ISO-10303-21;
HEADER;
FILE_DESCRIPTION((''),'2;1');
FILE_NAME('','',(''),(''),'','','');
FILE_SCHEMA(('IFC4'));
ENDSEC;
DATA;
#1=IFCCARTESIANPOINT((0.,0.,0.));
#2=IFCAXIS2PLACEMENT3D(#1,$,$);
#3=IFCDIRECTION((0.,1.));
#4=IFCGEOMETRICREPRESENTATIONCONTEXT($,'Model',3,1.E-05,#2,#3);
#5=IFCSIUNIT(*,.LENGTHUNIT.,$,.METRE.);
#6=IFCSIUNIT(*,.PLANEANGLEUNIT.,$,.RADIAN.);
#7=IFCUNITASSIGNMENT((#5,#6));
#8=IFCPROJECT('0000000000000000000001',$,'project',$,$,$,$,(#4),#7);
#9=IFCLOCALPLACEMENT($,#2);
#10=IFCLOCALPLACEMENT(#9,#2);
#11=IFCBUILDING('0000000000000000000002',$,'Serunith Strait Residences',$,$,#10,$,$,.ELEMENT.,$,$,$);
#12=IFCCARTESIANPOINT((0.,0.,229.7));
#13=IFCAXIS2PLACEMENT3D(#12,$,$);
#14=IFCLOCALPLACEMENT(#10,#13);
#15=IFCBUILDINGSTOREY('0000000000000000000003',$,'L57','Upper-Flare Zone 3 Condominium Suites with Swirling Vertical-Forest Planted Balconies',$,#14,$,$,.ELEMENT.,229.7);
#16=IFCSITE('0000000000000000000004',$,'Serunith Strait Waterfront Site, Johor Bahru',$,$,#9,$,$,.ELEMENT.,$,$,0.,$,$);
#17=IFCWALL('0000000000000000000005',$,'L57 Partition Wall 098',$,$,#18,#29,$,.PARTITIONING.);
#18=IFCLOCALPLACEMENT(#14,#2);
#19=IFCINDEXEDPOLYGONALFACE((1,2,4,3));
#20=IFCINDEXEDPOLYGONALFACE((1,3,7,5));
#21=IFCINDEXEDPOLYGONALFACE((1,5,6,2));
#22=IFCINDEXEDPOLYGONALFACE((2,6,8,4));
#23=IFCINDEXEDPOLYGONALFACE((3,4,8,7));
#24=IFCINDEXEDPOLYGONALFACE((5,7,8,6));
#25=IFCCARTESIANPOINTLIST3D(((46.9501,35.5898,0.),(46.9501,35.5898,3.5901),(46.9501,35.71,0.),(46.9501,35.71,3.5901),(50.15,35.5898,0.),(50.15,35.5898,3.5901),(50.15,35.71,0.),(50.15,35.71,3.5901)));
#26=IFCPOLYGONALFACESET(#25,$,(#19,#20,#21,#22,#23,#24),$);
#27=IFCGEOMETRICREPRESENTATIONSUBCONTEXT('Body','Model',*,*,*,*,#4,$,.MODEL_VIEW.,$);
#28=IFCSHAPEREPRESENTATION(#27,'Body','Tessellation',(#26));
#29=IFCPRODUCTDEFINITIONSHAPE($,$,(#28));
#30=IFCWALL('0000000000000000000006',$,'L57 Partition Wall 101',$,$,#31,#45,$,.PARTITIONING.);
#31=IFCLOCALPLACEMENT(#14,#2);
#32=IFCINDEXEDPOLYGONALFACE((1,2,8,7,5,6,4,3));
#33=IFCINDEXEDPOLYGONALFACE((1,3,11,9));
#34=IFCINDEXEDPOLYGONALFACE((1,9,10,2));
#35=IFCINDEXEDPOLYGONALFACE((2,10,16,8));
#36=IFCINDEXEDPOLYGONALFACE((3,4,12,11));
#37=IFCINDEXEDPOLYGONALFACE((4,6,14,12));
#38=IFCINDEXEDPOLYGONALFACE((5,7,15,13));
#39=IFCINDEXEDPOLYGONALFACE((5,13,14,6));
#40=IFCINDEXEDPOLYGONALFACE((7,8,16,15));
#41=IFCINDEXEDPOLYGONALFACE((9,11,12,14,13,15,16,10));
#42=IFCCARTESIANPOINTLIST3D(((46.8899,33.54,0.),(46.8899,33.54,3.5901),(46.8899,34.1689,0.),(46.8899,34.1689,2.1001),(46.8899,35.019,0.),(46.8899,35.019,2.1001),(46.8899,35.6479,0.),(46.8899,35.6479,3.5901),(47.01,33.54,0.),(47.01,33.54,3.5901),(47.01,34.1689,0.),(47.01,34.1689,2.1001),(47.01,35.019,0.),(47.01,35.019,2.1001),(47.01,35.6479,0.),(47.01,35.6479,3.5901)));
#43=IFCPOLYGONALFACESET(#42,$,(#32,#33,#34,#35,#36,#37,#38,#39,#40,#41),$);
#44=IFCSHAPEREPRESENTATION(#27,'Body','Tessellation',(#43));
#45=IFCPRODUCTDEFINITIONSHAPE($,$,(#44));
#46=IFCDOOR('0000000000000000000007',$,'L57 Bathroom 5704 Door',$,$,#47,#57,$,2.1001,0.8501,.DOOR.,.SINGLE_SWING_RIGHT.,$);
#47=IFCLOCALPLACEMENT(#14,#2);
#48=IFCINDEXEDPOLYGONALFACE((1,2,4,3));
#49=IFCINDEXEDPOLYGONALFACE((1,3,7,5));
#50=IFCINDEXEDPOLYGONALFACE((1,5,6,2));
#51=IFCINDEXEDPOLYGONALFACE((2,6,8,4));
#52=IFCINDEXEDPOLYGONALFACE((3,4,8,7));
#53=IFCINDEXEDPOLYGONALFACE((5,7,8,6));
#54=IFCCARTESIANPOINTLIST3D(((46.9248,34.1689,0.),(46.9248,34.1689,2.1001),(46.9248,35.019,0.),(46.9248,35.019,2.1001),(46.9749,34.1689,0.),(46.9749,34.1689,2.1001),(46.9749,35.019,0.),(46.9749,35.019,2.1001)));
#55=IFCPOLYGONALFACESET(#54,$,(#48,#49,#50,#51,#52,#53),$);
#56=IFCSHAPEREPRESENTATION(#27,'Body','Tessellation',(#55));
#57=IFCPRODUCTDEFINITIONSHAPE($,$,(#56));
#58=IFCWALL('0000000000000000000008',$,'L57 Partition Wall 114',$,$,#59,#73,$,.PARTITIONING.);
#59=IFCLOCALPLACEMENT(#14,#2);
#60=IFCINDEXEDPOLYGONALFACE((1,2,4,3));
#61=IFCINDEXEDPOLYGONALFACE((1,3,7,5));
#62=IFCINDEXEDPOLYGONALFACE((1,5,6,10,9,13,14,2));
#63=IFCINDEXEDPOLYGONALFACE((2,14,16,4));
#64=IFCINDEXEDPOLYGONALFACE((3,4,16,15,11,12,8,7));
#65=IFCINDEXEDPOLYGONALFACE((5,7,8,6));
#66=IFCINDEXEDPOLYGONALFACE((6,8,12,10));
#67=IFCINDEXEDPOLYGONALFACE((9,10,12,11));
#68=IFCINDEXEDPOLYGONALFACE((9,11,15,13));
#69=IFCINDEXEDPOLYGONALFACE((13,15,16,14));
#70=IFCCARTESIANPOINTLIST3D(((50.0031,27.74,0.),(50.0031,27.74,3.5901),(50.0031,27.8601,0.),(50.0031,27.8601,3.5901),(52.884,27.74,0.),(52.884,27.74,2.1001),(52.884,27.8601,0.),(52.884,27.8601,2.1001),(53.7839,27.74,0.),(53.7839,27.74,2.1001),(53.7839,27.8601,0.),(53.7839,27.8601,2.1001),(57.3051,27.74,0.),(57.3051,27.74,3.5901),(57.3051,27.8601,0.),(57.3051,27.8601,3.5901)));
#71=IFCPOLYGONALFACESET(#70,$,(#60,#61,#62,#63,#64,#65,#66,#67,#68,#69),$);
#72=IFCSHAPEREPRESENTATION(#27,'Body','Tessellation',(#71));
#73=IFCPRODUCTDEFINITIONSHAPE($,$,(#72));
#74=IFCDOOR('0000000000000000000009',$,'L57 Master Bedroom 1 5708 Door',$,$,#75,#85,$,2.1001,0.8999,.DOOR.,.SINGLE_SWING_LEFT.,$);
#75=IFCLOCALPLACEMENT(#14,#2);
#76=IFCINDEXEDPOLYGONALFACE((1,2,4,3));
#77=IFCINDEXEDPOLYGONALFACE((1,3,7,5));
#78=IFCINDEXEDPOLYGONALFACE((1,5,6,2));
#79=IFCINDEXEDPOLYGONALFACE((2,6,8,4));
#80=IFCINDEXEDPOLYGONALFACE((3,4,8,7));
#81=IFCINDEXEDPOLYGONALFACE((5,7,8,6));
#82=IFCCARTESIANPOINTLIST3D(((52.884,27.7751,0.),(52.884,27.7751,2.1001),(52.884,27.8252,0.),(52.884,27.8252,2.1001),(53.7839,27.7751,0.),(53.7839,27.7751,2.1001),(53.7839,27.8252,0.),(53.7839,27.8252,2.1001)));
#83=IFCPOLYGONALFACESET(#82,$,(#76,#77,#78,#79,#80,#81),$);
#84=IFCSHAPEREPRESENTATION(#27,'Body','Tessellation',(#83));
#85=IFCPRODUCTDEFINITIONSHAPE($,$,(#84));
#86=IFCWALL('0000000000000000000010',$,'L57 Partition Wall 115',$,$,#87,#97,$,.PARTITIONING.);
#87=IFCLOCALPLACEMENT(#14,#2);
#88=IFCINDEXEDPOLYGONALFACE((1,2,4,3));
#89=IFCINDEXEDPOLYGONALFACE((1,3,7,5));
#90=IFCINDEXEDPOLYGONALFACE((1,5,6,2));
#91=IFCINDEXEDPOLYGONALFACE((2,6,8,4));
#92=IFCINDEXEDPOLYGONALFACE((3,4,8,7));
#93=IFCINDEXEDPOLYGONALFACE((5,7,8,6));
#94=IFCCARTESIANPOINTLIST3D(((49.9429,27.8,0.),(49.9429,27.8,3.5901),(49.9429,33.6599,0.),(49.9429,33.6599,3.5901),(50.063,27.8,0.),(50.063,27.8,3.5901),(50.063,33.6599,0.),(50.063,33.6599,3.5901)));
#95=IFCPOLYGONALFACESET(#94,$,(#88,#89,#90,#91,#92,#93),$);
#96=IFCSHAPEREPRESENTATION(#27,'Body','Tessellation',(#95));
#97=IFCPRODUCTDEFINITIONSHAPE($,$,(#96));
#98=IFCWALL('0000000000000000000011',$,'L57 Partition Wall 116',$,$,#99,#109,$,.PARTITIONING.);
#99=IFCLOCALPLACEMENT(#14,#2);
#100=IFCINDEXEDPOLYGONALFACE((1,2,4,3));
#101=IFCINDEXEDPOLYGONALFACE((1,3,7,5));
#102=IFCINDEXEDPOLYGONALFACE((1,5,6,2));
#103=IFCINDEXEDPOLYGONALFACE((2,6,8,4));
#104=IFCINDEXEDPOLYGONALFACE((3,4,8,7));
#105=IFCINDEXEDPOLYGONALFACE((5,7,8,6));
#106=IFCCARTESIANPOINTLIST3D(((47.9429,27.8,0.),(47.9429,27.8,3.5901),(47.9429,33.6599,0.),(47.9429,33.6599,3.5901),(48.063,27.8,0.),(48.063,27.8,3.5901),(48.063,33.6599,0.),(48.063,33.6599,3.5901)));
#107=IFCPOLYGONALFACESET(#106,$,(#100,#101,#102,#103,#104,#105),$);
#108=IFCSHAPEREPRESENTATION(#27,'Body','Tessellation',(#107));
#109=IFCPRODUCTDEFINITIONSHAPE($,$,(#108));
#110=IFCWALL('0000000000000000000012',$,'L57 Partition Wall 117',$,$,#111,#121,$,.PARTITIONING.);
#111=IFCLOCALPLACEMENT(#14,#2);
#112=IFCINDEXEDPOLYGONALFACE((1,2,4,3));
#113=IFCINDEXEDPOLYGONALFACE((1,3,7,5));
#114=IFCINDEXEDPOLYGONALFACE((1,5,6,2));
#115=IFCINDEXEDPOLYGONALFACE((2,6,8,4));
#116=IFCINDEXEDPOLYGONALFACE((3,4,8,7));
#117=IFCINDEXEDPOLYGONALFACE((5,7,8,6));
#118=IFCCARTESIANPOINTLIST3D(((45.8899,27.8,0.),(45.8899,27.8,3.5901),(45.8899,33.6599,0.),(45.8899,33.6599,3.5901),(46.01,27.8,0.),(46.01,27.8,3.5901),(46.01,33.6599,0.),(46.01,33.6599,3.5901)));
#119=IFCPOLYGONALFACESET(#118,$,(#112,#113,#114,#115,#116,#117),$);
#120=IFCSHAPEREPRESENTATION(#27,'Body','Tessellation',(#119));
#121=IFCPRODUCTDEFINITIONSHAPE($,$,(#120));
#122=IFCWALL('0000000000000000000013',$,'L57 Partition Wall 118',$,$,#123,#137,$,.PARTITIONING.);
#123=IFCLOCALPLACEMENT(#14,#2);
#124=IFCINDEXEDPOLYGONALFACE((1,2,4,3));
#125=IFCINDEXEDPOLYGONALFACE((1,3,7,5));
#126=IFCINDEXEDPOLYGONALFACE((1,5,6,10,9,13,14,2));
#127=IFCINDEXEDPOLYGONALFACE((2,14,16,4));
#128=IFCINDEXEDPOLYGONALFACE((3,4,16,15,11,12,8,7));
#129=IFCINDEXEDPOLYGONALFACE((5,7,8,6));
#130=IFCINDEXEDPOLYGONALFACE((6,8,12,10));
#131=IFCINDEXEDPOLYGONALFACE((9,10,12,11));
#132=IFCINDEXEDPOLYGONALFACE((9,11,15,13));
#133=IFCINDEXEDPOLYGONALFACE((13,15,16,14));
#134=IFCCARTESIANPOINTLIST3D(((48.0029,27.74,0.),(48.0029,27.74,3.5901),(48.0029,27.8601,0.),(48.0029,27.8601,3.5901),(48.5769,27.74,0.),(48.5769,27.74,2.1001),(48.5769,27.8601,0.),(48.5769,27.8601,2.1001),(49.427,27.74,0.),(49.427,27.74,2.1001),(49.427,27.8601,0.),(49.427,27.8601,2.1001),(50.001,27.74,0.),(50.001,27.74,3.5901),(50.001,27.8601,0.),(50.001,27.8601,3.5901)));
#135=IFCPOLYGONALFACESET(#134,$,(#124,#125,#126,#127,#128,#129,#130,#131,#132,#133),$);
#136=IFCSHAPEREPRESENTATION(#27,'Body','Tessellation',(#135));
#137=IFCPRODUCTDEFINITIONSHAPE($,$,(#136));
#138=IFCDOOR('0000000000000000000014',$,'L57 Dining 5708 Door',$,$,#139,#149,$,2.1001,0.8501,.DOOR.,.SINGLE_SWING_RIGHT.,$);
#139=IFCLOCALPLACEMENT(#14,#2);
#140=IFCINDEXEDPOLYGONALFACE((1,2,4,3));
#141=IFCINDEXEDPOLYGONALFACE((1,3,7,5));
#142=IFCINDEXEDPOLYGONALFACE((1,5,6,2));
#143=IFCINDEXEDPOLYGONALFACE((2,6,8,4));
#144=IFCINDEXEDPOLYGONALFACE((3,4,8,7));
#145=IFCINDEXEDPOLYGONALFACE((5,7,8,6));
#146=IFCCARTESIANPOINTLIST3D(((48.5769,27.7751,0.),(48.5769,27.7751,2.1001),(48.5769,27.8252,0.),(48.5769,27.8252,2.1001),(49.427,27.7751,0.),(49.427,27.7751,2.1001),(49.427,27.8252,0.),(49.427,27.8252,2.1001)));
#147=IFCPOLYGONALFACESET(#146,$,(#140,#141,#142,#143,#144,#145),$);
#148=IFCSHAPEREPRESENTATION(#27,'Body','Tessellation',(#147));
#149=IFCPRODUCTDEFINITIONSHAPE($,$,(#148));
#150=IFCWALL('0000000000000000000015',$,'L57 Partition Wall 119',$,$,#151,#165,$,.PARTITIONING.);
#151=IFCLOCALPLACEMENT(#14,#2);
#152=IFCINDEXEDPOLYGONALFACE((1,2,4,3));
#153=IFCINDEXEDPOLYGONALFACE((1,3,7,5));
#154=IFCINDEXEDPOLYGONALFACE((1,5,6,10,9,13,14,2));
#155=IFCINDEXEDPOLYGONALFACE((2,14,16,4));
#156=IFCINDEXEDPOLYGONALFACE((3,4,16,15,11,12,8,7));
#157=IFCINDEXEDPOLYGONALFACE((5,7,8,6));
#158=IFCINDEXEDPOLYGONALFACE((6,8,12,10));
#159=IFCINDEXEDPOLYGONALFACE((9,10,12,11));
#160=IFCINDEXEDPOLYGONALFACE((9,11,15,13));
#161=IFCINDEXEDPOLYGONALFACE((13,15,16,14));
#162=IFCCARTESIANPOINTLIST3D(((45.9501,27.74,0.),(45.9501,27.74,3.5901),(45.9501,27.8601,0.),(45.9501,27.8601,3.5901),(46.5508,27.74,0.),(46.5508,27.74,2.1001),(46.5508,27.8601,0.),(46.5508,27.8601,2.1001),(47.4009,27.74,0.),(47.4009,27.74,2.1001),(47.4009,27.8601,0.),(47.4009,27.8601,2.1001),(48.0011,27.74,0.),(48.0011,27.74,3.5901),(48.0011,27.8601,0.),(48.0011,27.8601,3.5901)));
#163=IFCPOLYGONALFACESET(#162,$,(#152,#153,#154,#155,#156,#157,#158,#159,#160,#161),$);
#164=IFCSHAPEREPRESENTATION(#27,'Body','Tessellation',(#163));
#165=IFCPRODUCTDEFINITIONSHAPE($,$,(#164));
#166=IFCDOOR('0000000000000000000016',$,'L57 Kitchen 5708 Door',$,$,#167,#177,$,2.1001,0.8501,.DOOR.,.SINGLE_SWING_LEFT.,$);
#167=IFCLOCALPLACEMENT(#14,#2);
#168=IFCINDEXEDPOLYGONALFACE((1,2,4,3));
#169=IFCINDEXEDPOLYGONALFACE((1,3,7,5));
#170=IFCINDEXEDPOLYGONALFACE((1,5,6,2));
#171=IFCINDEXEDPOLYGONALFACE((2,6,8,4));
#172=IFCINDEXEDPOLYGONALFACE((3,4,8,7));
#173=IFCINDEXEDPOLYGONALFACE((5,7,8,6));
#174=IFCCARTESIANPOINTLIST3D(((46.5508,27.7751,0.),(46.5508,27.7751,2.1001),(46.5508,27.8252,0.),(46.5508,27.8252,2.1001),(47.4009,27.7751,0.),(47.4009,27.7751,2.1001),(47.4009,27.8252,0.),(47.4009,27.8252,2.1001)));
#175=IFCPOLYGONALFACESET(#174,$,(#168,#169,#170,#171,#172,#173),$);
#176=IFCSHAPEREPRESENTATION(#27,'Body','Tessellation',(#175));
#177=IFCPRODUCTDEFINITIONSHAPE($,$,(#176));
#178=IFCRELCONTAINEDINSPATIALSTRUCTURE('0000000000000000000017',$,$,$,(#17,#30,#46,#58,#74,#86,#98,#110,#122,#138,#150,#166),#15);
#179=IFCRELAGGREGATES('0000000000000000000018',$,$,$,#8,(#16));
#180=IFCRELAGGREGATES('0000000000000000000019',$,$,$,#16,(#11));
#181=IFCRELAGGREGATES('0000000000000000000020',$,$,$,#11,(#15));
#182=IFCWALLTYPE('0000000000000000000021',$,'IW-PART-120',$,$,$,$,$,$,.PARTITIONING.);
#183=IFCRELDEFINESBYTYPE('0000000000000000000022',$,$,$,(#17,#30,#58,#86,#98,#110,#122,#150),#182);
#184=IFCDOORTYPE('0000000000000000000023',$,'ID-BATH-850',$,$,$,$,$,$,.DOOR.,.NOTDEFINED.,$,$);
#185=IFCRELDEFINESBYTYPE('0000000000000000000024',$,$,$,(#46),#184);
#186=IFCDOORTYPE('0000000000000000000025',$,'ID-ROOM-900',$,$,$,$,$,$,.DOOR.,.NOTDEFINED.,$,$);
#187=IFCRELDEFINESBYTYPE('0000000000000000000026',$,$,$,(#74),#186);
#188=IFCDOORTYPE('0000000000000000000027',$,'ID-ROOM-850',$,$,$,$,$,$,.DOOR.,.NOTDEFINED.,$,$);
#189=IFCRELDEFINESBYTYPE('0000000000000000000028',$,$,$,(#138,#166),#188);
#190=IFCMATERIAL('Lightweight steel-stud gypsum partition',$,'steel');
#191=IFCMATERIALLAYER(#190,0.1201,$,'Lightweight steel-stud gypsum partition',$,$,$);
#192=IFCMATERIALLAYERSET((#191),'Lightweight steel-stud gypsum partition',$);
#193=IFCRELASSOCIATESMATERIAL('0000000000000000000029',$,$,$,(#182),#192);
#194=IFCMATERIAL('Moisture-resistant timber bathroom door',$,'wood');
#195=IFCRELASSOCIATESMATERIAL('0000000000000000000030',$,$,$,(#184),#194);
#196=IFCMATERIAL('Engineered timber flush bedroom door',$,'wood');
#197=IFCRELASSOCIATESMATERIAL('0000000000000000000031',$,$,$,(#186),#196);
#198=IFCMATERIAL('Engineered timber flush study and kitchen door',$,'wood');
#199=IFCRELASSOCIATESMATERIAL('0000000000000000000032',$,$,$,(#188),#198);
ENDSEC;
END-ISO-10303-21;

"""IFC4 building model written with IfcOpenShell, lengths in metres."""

from ifc_helpers import new_model, si_unit, direction, frame, frame_2d, origin, place, context, subcontext, project, spatial, rectangle, extrude, source, transform, mapped, material, layer, layer_set, type_object, element, fill, save


model = new_model("IFC4")

# Units and contexts
model_context = context("Model", 3, precision=1e-05, world=origin(), true_north=direction((0.0, 1.0)))
body_context = subcontext(model_context, "Body", "Model", "MODEL_VIEW")
ifc_project = project(units=[si_unit("LENGTHUNIT", "METRE"), si_unit("PLANEANGLEUNIT", "RADIAN")], contexts=[model_context])

# Site, building, storey
site_placement = place(None, origin())
site = spatial("IfcSite", under=ifc_project, at=site_placement, Name="Serunith Strait Waterfront Site, Johor Bahru", CompositionType="ELEMENT", RefElevation=0.0)
building_placement = place(site_placement, origin())
building = spatial("IfcBuilding", under=site, at=building_placement, Name="Serunith Strait Residences", CompositionType="ELEMENT")
storey_placement = place(building_placement, frame((0.0, 0.0, 229.7)))
storey = spatial("IfcBuildingStorey", under=building, at=storey_placement, Name="L57", Description="Upper-Flare Zone 3 Condominium Suites with Swirling Vertical-Forest Planted Balconies", CompositionType="ELEMENT", Elevation=229.7)

# Wall
ifc_material_1 = material(Name="Lightweight steel-stud gypsum partition", Category="steel")
ifc_layer_1 = layer(ifc_material_1, 0.1201, Name="Lightweight steel-stud gypsum partition")
ifc_layer_set_1 = layer_set([ifc_layer_1], Name="Lightweight steel-stud gypsum partition")
wall_type_1 = type_object("IfcWallType", Name="IW-PART-120", PredefinedType="PARTITIONING", material=ifc_layer_set_1)
wall_1_placement = place(storey_placement, frame((46.95, 35.6499, 0.0), z_axis=(0.0, 0.0, 1.0), x_axis=(1.0, 0.0, 0.0)))
element("IfcWall", 1, at=wall_1_placement, inside=storey, type_object=wall_type_1, Name="L57 Partition Wall 098", PredefinedType="PARTITIONING", context=body_context, shape_type="SweptSolid", body=[
    extrude(rectangle(XDim=3.2, YDim=0.1201, at=frame_2d((1.6001, 0.0))), origin(), (0.0, 0.0, 1.0), 3.5901),
])

# Walls, openings, doors
wall_2_placement = place(storey_placement, frame((46.95, 35.6479, 0.0), z_axis=(0.0, 0.0, 1.0), x_axis=(0.0, -1.0, 0.0)))
wall_2 = element("IfcWall", 2, at=wall_2_placement, inside=storey, type_object=wall_type_1, Name="L57 Partition Wall 101", PredefinedType="PARTITIONING", context=body_context, shape_type="SweptSolid", body=[
    extrude(rectangle(XDim=2.1079, YDim=0.1201, at=frame_2d((1.054, 0.0))), origin(), (0.0, 0.0, 1.0), 3.5901),
])
opening_1_placement = place(wall_2_placement, frame((0.6289, 0.0, 0.0)))
opening_1 = element("IfcOpeningElement", 3, at=opening_1_placement, cuts=wall_2, PredefinedType="OPENING", context=body_context, shape_type="SweptSolid", body=[
    extrude(rectangle(XDim=0.8501, YDim=2.1001, at=frame_2d((0.425, 1.05))), frame((0.0, 0.0701, 0.0), z_axis=(0.0, -1.0, 0.0), x_axis=(1.0, 0.0, 0.0)), (0.0, 0.0, 1.0), 0.1401),
])
ifc_material_2 = material(Name="Moisture-resistant timber bathroom door", Category="wood")
door_type_1 = type_object("IfcDoorType", Name="ID-BATH-850", OperationType="NOTDEFINED", PredefinedType="DOOR", material=ifc_material_2)
shared_shape_1 = source(origin(), body_context, "Body", "SweptSolid", [
    extrude(rectangle(XDim=0.8501, YDim=2.1001, at=frame_2d((0.425, 1.05))), frame((0.0, 0.0249, 0.0), z_axis=(0.0, -1.0, 0.0), x_axis=(1.0, 0.0, 0.0)), (0.0, 0.0, 1.0), 0.05),
])
door_1_placement = place(opening_1_placement, origin())
door_1 = element("IfcDoor", 4, at=door_1_placement, inside=storey, type_object=door_type_1, Name="L57 Bathroom 5704 Door", OperationType="SINGLE_SWING_RIGHT", OverallHeight=2.1001, OverallWidth=0.8501, PredefinedType="DOOR", context=body_context, shape_type="MappedRepresentation", body=[
    mapped(shared_shape_1, transform((0.0, 0.0, 0.0), scale=1.0)),
])
fill(opening_1, door_1)
wall_3_placement = place(storey_placement, frame((57.3049, 27.8, 0.0), z_axis=(0.0, 0.0, 1.0), x_axis=(-1.0, 0.0, 0.0)))
wall_3 = element("IfcWall", 5, at=wall_3_placement, inside=storey, type_object=wall_type_1, Name="L57 Partition Wall 114", PredefinedType="PARTITIONING", context=body_context, shape_type="SweptSolid", body=[
    extrude(rectangle(XDim=7.302, YDim=0.1201, at=frame_2d((3.6509, 0.0))), origin(), (0.0, 0.0, 1.0), 3.5901),
])
opening_2_placement = place(wall_3_placement, frame((3.521, 0.0, 0.0)))
opening_2 = element("IfcOpeningElement", 6, at=opening_2_placement, cuts=wall_3, PredefinedType="OPENING", context=body_context, shape_type="SweptSolid", body=[
    extrude(rectangle(XDim=0.8999, YDim=2.1001, at=frame_2d((0.45, 1.05))), frame((0.0, 0.0701, 0.0), z_axis=(0.0, -1.0, 0.0), x_axis=(1.0, 0.0, 0.0)), (0.0, 0.0, 1.0), 0.1401),
])
ifc_material_3 = material(Name="Engineered timber flush bedroom door", Category="wood")
door_type_2 = type_object("IfcDoorType", Name="ID-ROOM-900", OperationType="NOTDEFINED", PredefinedType="DOOR", material=ifc_material_3)
shared_shape_2 = source(origin(), body_context, "Body", "SweptSolid", [
    extrude(rectangle(XDim=0.8999, YDim=2.1001, at=frame_2d((0.45, 1.05))), frame((0.0, 0.0249, 0.0), z_axis=(0.0, -1.0, 0.0), x_axis=(1.0, 0.0, 0.0)), (0.0, 0.0, 1.0), 0.05),
])
door_2_placement = place(opening_2_placement, origin())
door_2 = element("IfcDoor", 7, at=door_2_placement, inside=storey, type_object=door_type_2, Name="L57 Master Bedroom 1 5708 Door", OperationType="SINGLE_SWING_LEFT", OverallHeight=2.1001, OverallWidth=0.8999, PredefinedType="DOOR", context=body_context, shape_type="MappedRepresentation", body=[
    mapped(shared_shape_2, transform((0.0, 0.0, 0.0), scale=1.0)),
])
fill(opening_2, door_2)

# Walls
for number, where, z_axis, x_axis, name in (
    (8, (50.0029, 27.8, 0.0), (0.0, 0.0, 1.0), (0.0, 1.0, 0.0), "L57 Partition Wall 115"),
    (9, (48.0029, 27.8, 0.0), (0.0, 0.0, 1.0), (0.0, 1.0, 0.0), "L57 Partition Wall 116"),
    (10, (45.95, 27.8, 0.0), (0.0, 0.0, 1.0), (0.0, 1.0, 0.0), "L57 Partition Wall 117"),
):
    element("IfcWall", number, at=place(storey_placement, frame(where, z_axis=z_axis, x_axis=x_axis)), inside=storey, type_object=wall_type_1, Name=name, PredefinedType="PARTITIONING", context=body_context, shape_type="SweptSolid", body=[
        extrude(rectangle(XDim=5.8599, YDim=0.1201, at=frame_2d((2.9299, 0.0))), origin(), (0.0, 0.0, 1.0), 3.5901),
    ])

# Walls, openings, doors
wall_4_placement = place(storey_placement, frame((50.001, 27.8, 0.0), z_axis=(0.0, 0.0, 1.0), x_axis=(-1.0, 0.0, 0.0)))
wall_4 = element("IfcWall", 11, at=wall_4_placement, inside=storey, type_object=wall_type_1, Name="L57 Partition Wall 118", PredefinedType="PARTITIONING", context=body_context, shape_type="SweptSolid", body=[
    extrude(rectangle(XDim=1.998, YDim=0.1201, at=frame_2d((0.999, 0.0))), origin(), (0.0, 0.0, 1.0), 3.5901),
])
opening_3_placement = place(wall_4_placement, frame((0.574, 0.0, 0.0)))
opening_3 = element("IfcOpeningElement", 12, at=opening_3_placement, cuts=wall_4, PredefinedType="OPENING", context=body_context, shape_type="SweptSolid", body=[
    extrude(rectangle(XDim=0.8501, YDim=2.1001, at=frame_2d((0.425, 1.05))), frame((0.0, 0.0701, 0.0), z_axis=(0.0, -1.0, 0.0), x_axis=(1.0, 0.0, 0.0)), (0.0, 0.0, 1.0), 0.1401),
])
ifc_material_4 = material(Name="Engineered timber flush study and kitchen door", Category="wood")
door_type_3 = type_object("IfcDoorType", Name="ID-ROOM-850", OperationType="NOTDEFINED", PredefinedType="DOOR", material=ifc_material_4)
door_3_placement = place(opening_3_placement, origin())
door_3 = element("IfcDoor", 13, at=door_3_placement, inside=storey, type_object=door_type_3, Name="L57 Dining 5708 Door", OperationType="SINGLE_SWING_RIGHT", OverallHeight=2.1001, OverallWidth=0.8501, PredefinedType="DOOR", context=body_context, shape_type="MappedRepresentation", body=[
    mapped(shared_shape_1, transform((0.0, 0.0, 0.0), scale=1.0)),
])
fill(opening_3, door_3)
wall_5_placement = place(storey_placement, frame((48.001, 27.8, 0.0), z_axis=(0.0, 0.0, 1.0), x_axis=(-1.0, 0.0, 0.0)))
wall_5 = element("IfcWall", 14, at=wall_5_placement, inside=storey, type_object=wall_type_1, Name="L57 Partition Wall 119", PredefinedType="PARTITIONING", context=body_context, shape_type="SweptSolid", body=[
    extrude(rectangle(XDim=2.051, YDim=0.1201, at=frame_2d((1.0254, 0.0))), origin(), (0.0, 0.0, 1.0), 3.5901),
])
opening_4_placement = place(wall_5_placement, frame((0.6001, 0.0, 0.0)))
opening_4 = element("IfcOpeningElement", 15, at=opening_4_placement, cuts=wall_5, PredefinedType="OPENING", context=body_context, shape_type="SweptSolid", body=[
    extrude(rectangle(XDim=0.8501, YDim=2.1001, at=frame_2d((0.425, 1.05))), frame((0.0, 0.0701, 0.0), z_axis=(0.0, -1.0, 0.0), x_axis=(1.0, 0.0, 0.0)), (0.0, 0.0, 1.0), 0.1401),
])
door_4_placement = place(opening_4_placement, origin())
door_4 = element("IfcDoor", 16, at=door_4_placement, inside=storey, type_object=door_type_3, Name="L57 Kitchen 5708 Door", OperationType="SINGLE_SWING_LEFT", OverallHeight=2.1001, OverallWidth=0.8501, PredefinedType="DOOR", context=body_context, shape_type="MappedRepresentation", body=[
    mapped(shared_shape_1, transform((0.0, 0.0, 0.0), scale=1.0)),
])
fill(opening_4, door_4)

save(model, "model.ifc")
